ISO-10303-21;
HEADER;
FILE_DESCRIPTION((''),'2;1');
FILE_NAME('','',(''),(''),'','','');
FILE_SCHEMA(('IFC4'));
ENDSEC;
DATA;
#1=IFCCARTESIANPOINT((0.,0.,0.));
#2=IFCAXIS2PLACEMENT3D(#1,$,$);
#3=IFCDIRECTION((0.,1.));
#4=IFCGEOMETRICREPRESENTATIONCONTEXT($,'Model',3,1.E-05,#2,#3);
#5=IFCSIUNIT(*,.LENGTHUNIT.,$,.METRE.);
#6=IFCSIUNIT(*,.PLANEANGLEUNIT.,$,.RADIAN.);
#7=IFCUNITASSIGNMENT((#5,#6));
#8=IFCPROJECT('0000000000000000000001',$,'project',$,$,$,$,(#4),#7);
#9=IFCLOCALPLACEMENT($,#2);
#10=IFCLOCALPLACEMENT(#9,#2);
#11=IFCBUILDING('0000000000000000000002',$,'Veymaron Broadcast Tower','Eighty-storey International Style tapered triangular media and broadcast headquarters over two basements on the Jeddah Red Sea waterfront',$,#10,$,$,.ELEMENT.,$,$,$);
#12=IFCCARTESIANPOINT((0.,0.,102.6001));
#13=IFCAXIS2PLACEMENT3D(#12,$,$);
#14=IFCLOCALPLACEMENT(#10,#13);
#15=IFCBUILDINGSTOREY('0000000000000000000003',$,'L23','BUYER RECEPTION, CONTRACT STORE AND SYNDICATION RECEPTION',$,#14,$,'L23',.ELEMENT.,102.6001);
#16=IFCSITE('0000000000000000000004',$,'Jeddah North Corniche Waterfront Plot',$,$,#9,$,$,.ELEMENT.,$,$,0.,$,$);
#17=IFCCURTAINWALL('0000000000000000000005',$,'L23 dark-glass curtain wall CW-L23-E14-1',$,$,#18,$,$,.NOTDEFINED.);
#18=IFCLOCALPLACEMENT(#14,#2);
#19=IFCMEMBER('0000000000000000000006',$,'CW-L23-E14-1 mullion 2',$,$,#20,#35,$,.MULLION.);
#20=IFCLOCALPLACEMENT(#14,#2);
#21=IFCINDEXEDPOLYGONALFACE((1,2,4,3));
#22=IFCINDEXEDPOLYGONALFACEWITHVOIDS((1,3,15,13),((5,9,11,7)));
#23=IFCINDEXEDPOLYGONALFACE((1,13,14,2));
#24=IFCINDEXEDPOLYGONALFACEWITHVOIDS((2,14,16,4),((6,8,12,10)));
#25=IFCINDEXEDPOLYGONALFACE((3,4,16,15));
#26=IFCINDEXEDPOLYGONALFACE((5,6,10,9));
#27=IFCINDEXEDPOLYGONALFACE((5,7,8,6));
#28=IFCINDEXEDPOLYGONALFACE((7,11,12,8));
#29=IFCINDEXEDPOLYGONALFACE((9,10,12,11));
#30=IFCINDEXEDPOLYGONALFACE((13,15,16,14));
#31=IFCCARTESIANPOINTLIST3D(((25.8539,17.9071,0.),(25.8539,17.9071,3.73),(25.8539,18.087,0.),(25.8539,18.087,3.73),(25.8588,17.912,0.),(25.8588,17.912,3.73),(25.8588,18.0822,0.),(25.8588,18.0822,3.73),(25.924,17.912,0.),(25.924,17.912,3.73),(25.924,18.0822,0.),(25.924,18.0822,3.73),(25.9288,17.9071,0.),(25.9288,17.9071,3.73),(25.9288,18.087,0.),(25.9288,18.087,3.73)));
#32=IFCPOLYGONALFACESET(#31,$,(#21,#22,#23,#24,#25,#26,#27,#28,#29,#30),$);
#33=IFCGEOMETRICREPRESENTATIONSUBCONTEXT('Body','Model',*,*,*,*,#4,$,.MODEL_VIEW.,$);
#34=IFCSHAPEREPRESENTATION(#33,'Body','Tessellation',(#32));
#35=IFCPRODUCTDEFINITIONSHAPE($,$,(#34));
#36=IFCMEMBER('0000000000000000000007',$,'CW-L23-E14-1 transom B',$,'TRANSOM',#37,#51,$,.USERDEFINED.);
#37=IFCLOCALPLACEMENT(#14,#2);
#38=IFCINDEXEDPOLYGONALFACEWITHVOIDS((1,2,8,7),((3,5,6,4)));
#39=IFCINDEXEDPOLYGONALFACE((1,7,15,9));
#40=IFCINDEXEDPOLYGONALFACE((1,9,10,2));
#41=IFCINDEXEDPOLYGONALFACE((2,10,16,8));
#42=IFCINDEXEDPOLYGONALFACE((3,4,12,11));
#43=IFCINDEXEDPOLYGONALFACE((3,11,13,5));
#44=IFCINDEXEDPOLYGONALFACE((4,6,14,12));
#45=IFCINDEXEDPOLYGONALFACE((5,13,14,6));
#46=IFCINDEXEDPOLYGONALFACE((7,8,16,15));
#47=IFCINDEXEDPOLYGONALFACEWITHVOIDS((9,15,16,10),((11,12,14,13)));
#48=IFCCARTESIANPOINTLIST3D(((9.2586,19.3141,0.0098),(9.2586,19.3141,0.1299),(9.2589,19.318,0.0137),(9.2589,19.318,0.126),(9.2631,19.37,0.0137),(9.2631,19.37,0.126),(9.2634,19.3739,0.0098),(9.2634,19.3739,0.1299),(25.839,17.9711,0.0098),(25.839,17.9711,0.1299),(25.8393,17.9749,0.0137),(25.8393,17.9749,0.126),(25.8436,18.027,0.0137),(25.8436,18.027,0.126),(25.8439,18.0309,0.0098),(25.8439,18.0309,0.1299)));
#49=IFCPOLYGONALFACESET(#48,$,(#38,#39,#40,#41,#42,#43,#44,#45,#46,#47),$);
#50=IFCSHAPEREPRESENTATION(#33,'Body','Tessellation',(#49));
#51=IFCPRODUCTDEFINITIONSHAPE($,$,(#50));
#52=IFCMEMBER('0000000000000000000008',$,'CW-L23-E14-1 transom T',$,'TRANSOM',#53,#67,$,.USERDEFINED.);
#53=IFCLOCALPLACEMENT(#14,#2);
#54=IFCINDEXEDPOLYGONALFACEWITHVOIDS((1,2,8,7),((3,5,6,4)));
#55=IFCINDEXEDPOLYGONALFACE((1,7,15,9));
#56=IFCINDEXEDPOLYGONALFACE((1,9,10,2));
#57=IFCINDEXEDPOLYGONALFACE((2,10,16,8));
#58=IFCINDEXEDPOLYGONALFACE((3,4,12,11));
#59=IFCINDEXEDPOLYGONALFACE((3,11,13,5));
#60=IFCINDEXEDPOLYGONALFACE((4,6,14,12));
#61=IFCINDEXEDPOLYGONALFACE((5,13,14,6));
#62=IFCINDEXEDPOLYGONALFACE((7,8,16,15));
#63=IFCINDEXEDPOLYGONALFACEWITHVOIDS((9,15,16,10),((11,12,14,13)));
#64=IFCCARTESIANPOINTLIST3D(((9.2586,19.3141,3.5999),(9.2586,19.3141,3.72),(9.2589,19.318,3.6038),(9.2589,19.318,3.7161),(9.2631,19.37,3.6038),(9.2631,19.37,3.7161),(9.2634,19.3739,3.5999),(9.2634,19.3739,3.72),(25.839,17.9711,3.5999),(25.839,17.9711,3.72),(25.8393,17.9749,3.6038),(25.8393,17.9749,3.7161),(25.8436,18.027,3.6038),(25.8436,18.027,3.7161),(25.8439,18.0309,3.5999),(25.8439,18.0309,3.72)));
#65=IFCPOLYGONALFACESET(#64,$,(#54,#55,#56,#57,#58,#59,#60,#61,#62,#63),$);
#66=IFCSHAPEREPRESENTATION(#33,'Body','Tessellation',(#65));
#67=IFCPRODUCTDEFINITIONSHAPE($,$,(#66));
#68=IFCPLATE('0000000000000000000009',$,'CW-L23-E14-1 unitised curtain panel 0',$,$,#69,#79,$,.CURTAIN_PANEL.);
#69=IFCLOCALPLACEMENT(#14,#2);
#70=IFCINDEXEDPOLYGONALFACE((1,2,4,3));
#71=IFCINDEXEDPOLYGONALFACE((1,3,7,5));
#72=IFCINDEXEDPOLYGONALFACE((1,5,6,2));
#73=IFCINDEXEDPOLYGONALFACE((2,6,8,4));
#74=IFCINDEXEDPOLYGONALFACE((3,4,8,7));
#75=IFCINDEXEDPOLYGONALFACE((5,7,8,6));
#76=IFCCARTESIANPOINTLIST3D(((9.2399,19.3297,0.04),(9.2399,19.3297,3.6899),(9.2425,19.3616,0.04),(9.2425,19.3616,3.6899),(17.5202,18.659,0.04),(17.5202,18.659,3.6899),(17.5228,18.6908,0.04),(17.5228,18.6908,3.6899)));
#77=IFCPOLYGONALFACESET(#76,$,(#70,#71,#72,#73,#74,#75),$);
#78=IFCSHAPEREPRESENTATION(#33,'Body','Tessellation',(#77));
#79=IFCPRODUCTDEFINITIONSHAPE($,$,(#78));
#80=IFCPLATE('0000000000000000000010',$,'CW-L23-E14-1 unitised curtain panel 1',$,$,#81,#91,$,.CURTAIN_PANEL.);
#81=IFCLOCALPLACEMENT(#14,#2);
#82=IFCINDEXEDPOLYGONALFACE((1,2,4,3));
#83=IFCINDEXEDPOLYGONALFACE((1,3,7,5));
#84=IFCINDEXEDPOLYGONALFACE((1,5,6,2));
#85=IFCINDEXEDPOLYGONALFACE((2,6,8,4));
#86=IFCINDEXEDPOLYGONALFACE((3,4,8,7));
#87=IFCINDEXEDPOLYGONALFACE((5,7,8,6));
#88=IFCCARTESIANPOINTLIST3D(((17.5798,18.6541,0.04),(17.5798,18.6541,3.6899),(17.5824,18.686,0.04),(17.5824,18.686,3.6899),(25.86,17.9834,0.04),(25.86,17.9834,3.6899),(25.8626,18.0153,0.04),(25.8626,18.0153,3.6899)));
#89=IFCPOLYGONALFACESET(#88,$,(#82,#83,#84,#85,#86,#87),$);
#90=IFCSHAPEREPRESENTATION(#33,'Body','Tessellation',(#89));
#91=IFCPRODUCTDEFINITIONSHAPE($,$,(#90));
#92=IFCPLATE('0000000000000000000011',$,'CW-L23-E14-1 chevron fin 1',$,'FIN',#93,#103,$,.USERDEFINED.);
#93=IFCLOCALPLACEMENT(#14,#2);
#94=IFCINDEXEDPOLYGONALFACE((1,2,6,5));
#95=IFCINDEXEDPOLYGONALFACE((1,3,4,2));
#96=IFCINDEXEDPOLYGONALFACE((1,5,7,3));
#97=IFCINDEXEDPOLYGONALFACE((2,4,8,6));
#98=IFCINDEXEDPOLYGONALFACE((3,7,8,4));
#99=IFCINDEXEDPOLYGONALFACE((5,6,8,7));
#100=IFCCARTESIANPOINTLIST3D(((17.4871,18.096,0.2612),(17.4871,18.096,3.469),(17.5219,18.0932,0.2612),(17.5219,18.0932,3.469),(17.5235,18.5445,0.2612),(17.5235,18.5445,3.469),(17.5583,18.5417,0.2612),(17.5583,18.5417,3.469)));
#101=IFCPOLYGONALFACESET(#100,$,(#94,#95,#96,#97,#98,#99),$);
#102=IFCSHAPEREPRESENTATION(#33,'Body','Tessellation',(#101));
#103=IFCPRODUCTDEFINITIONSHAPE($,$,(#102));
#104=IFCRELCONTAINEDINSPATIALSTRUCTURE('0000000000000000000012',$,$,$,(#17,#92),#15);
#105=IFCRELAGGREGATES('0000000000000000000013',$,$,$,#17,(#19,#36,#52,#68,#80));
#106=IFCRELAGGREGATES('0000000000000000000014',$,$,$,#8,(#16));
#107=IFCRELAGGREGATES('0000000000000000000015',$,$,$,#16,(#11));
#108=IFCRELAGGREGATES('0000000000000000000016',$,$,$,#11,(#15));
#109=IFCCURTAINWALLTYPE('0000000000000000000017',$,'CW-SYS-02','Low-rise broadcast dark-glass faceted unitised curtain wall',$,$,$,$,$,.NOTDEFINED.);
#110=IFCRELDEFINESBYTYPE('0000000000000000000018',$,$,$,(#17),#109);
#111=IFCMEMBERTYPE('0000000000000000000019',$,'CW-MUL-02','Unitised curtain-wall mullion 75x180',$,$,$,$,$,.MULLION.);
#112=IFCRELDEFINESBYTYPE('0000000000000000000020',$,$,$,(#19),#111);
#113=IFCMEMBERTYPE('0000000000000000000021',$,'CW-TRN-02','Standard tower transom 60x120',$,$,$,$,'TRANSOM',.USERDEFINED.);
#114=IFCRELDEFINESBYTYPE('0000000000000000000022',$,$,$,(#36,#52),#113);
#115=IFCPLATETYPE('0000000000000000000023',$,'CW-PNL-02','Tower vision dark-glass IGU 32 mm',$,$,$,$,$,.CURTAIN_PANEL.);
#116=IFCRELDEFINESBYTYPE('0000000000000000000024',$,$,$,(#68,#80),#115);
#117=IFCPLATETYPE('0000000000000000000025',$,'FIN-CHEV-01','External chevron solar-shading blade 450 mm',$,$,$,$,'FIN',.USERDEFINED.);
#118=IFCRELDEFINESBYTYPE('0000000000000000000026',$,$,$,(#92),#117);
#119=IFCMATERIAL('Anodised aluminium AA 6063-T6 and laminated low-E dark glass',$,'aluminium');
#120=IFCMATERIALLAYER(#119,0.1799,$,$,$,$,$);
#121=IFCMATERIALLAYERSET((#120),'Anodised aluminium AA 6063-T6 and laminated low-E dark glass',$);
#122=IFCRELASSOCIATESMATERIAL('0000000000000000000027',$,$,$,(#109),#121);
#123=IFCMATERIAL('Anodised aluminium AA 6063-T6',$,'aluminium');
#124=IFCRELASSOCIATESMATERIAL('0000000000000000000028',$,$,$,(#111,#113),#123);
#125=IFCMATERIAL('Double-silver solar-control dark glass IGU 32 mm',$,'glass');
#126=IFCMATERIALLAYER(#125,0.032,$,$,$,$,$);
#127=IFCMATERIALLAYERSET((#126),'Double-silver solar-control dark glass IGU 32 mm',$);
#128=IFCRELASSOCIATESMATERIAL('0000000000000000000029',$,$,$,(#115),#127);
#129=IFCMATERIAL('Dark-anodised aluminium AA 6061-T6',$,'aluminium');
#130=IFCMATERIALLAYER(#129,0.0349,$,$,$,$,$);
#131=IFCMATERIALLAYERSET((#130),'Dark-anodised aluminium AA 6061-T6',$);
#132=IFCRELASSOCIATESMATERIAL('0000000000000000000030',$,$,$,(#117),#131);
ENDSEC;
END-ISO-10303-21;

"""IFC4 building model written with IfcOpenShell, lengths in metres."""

from ifc_helpers import new_model, si_unit, direction, frame, origin, origin_2d, place, context, subcontext, project, spatial, rectangle, hollow_rectangle, extrude, material, layer, layer_set, material_profile, profile_set, type_object, element, aggregate, save


model = new_model("IFC4")

# Units and contexts
model_context = context("Model", 3, precision=1e-05, world=origin(), true_north=direction((0.0, 1.0)))
body_context = subcontext(model_context, "Body", "Model", "MODEL_VIEW")
ifc_project = project(units=[si_unit("LENGTHUNIT", "METRE"), si_unit("PLANEANGLEUNIT", "RADIAN")], contexts=[model_context])

# Site, building, storey
site_placement = place(None, origin())
site = spatial("IfcSite", under=ifc_project, at=site_placement, Name="Jeddah North Corniche Waterfront Plot", CompositionType="ELEMENT", RefElevation=0.0)
building_placement = place(site_placement, origin())
building = spatial("IfcBuilding", under=site, at=building_placement, Name="Veymaron Broadcast Tower", Description="Eighty-storey International Style tapered triangular media and broadcast headquarters over two basements on the Jeddah Red Sea waterfront", CompositionType="ELEMENT")
storey_placement = place(building_placement, frame((0.0, 0.0, 102.6001)))
storey = spatial("IfcBuildingStorey", under=building, at=storey_placement, Name="L23", Description="BUYER RECEPTION, CONTRACT STORE AND SYNDICATION RECEPTION", LongName="L23", CompositionType="ELEMENT", Elevation=102.6001)

# Curtain wall, members, plates
ifc_material_1 = material(Name="Anodised aluminium AA 6063-T6 and laminated low-E dark glass", Category="aluminium")
ifc_layer_1 = layer(ifc_material_1, 0.1799)
ifc_layer_set_1 = layer_set([ifc_layer_1], Name="Anodised aluminium AA 6063-T6 and laminated low-E dark glass")
curtain_wall_type = type_object("IfcCurtainWallType", Name="CW-SYS-02", Description="Low-rise broadcast dark-glass faceted unitised curtain wall", PredefinedType="NOTDEFINED", material=ifc_layer_set_1)
curtain_wall_placement = place(storey_placement, origin())
curtain_wall = element("IfcCurtainWall", 1, at=curtain_wall_placement, inside=storey, type_object=curtain_wall_type, Name="L23 dark-glass curtain wall CW-L23-E14-1", PredefinedType="NOTDEFINED")
ifc_material_2 = material(Name="Anodised aluminium AA 6063-T6", Category="aluminium")
ifc_material_profile_1 = material_profile(ifc_material_2, hollow_rectangle(XDim=0.075, YDim=0.1799, WallThickness=0.0049, at=origin_2d()), Name="AL180X75X5")
ifc_profile_set_1 = profile_set([ifc_material_profile_1], Name="Anodised aluminium AA 6063-T6")
member_type_1 = type_object("IfcMemberType", Name="CW-MUL-02", Description="Unitised curtain-wall mullion 75x180", PredefinedType="MULLION", material=ifc_profile_set_1)
member_1_placement = place(storey_placement, frame((25.8914, 17.9971, 0.0), z_axis=(0.0, 0.0, 1.0), x_axis=(1.0, 0.0, 0.0)))
member_1 = element("IfcMember", 2, at=member_1_placement, type_object=member_type_1, Name="CW-L23-E14-1 mullion 2", PredefinedType="MULLION", context=body_context, shape_type="SweptSolid", body=[
    extrude(hollow_rectangle(XDim=0.075, YDim=0.1799, WallThickness=0.0049, at=origin_2d()), origin(), (0.0, 0.0, 1.0), 3.73),
])
ifc_material_profile_2 = material_profile(ifc_material_2, hollow_rectangle(XDim=0.0601, YDim=0.1201, WallThickness=0.0039, at=origin_2d()), Name="AL120X60X4")
ifc_profile_set_2 = profile_set([ifc_material_profile_2], Name="Anodised aluminium AA 6063-T6")
member_type_2 = type_object("IfcMemberType", Name="CW-TRN-02", Description="Standard tower transom 60x120", ElementType="TRANSOM", PredefinedType="USERDEFINED", material=ifc_profile_set_2)
member_2_placement = place(storey_placement, frame((9.261, 19.344, 0.0698), z_axis=(0.996736, -0.080735, 0.0), x_axis=(0.080735, 0.996736, 0.0)))
member_2 = element("IfcMember", 3, at=member_2_placement, type_object=member_type_2, Name="CW-L23-E14-1 transom B", ObjectType="TRANSOM", PredefinedType="USERDEFINED", context=body_context, shape_type="SweptSolid", body=[
    extrude(hollow_rectangle(XDim=0.0601, YDim=0.1201, WallThickness=0.0039, at=origin_2d()), origin(), (0.0, 0.0, 1.0), 16.6348),
])
member_3_placement = place(storey_placement, frame((9.261, 19.344, 3.6599), z_axis=(0.996736, -0.080735, 0.0), x_axis=(0.080735, 0.996736, 0.0)))
member_3 = element("IfcMember", 4, at=member_3_placement, type_object=member_type_2, Name="CW-L23-E14-1 transom T", ObjectType="TRANSOM", PredefinedType="USERDEFINED", context=body_context, shape_type="SweptSolid", body=[
    extrude(hollow_rectangle(XDim=0.0601, YDim=0.1201, WallThickness=0.0039, at=origin_2d()), origin(), (0.0, 0.0, 1.0), 16.6348),
])
ifc_material_3 = material(Name="Double-silver solar-control dark glass IGU 32 mm", Category="glass")
ifc_layer_2 = layer(ifc_material_3, 0.032)
ifc_layer_set_2 = layer_set([ifc_layer_2], Name="Double-silver solar-control dark glass IGU 32 mm")
plate_type_1 = type_object("IfcPlateType", Name="CW-PNL-02", Description="Tower vision dark-glass IGU 32 mm", PredefinedType="CURTAIN_PANEL", material=ifc_layer_set_2)
plate_1_placement = place(storey_placement, frame((13.3813, 19.0103, 0.04), z_axis=(0.0, 0.0, 1.0), x_axis=(0.996735, -0.080738, 0.0)))
plate_1 = element("IfcPlate", 5, at=plate_1_placement, type_object=plate_type_1, Name="CW-L23-E14-1 unitised curtain panel 0", PredefinedType="CURTAIN_PANEL", context=body_context, shape_type="SweptSolid", body=[
    extrude(rectangle(XDim=8.3074, YDim=0.032, at=origin_2d()), origin(), (0.0, 0.0, 1.0), 3.6499),
])
plate_2_placement = place(storey_placement, frame((21.7212, 18.3347, 0.04), z_axis=(0.0, 0.0, 1.0), x_axis=(0.996735, -0.080738, 0.0)))
plate_2 = element("IfcPlate", 6, at=plate_2_placement, type_object=plate_type_1, Name="CW-L23-E14-1 unitised curtain panel 1", PredefinedType="CURTAIN_PANEL", context=body_context, shape_type="SweptSolid", body=[
    extrude(rectangle(XDim=8.3074, YDim=0.032, at=origin_2d()), origin(), (0.0, 0.0, 1.0), 3.6499),
])
aggregate(curtain_wall, [member_1, member_2, member_3, plate_1, plate_2])

# Plate
ifc_material_4 = material(Name="Dark-anodised aluminium AA 6061-T6", Category="aluminium")
ifc_layer_3 = layer(ifc_material_4, 0.0349)
ifc_layer_set_3 = layer_set([ifc_layer_3], Name="Dark-anodised aluminium AA 6061-T6")
plate_type_2 = type_object("IfcPlateType", Name="FIN-CHEV-01", Description="External chevron solar-shading blade 450 mm", ElementType="FIN", PredefinedType="USERDEFINED", material=ifc_layer_set_3)
plate_3_placement = place(storey_placement, frame((17.5227, 18.3188, 0.2612), z_axis=(0.0, 0.0, 1.0), x_axis=(-0.080738, -0.996735, 0.0)))
element("IfcPlate", 7, at=plate_3_placement, inside=storey, type_object=plate_type_2, Name="CW-L23-E14-1 chevron fin 1", ObjectType="FIN", PredefinedType="USERDEFINED", context=body_context, shape_type="SweptSolid", body=[
    extrude(rectangle(XDim=0.45, YDim=0.0349, at=origin_2d()), origin(), (0.0, 0.0, 1.0), 3.2078),
])

save(model, "model.ifc")
